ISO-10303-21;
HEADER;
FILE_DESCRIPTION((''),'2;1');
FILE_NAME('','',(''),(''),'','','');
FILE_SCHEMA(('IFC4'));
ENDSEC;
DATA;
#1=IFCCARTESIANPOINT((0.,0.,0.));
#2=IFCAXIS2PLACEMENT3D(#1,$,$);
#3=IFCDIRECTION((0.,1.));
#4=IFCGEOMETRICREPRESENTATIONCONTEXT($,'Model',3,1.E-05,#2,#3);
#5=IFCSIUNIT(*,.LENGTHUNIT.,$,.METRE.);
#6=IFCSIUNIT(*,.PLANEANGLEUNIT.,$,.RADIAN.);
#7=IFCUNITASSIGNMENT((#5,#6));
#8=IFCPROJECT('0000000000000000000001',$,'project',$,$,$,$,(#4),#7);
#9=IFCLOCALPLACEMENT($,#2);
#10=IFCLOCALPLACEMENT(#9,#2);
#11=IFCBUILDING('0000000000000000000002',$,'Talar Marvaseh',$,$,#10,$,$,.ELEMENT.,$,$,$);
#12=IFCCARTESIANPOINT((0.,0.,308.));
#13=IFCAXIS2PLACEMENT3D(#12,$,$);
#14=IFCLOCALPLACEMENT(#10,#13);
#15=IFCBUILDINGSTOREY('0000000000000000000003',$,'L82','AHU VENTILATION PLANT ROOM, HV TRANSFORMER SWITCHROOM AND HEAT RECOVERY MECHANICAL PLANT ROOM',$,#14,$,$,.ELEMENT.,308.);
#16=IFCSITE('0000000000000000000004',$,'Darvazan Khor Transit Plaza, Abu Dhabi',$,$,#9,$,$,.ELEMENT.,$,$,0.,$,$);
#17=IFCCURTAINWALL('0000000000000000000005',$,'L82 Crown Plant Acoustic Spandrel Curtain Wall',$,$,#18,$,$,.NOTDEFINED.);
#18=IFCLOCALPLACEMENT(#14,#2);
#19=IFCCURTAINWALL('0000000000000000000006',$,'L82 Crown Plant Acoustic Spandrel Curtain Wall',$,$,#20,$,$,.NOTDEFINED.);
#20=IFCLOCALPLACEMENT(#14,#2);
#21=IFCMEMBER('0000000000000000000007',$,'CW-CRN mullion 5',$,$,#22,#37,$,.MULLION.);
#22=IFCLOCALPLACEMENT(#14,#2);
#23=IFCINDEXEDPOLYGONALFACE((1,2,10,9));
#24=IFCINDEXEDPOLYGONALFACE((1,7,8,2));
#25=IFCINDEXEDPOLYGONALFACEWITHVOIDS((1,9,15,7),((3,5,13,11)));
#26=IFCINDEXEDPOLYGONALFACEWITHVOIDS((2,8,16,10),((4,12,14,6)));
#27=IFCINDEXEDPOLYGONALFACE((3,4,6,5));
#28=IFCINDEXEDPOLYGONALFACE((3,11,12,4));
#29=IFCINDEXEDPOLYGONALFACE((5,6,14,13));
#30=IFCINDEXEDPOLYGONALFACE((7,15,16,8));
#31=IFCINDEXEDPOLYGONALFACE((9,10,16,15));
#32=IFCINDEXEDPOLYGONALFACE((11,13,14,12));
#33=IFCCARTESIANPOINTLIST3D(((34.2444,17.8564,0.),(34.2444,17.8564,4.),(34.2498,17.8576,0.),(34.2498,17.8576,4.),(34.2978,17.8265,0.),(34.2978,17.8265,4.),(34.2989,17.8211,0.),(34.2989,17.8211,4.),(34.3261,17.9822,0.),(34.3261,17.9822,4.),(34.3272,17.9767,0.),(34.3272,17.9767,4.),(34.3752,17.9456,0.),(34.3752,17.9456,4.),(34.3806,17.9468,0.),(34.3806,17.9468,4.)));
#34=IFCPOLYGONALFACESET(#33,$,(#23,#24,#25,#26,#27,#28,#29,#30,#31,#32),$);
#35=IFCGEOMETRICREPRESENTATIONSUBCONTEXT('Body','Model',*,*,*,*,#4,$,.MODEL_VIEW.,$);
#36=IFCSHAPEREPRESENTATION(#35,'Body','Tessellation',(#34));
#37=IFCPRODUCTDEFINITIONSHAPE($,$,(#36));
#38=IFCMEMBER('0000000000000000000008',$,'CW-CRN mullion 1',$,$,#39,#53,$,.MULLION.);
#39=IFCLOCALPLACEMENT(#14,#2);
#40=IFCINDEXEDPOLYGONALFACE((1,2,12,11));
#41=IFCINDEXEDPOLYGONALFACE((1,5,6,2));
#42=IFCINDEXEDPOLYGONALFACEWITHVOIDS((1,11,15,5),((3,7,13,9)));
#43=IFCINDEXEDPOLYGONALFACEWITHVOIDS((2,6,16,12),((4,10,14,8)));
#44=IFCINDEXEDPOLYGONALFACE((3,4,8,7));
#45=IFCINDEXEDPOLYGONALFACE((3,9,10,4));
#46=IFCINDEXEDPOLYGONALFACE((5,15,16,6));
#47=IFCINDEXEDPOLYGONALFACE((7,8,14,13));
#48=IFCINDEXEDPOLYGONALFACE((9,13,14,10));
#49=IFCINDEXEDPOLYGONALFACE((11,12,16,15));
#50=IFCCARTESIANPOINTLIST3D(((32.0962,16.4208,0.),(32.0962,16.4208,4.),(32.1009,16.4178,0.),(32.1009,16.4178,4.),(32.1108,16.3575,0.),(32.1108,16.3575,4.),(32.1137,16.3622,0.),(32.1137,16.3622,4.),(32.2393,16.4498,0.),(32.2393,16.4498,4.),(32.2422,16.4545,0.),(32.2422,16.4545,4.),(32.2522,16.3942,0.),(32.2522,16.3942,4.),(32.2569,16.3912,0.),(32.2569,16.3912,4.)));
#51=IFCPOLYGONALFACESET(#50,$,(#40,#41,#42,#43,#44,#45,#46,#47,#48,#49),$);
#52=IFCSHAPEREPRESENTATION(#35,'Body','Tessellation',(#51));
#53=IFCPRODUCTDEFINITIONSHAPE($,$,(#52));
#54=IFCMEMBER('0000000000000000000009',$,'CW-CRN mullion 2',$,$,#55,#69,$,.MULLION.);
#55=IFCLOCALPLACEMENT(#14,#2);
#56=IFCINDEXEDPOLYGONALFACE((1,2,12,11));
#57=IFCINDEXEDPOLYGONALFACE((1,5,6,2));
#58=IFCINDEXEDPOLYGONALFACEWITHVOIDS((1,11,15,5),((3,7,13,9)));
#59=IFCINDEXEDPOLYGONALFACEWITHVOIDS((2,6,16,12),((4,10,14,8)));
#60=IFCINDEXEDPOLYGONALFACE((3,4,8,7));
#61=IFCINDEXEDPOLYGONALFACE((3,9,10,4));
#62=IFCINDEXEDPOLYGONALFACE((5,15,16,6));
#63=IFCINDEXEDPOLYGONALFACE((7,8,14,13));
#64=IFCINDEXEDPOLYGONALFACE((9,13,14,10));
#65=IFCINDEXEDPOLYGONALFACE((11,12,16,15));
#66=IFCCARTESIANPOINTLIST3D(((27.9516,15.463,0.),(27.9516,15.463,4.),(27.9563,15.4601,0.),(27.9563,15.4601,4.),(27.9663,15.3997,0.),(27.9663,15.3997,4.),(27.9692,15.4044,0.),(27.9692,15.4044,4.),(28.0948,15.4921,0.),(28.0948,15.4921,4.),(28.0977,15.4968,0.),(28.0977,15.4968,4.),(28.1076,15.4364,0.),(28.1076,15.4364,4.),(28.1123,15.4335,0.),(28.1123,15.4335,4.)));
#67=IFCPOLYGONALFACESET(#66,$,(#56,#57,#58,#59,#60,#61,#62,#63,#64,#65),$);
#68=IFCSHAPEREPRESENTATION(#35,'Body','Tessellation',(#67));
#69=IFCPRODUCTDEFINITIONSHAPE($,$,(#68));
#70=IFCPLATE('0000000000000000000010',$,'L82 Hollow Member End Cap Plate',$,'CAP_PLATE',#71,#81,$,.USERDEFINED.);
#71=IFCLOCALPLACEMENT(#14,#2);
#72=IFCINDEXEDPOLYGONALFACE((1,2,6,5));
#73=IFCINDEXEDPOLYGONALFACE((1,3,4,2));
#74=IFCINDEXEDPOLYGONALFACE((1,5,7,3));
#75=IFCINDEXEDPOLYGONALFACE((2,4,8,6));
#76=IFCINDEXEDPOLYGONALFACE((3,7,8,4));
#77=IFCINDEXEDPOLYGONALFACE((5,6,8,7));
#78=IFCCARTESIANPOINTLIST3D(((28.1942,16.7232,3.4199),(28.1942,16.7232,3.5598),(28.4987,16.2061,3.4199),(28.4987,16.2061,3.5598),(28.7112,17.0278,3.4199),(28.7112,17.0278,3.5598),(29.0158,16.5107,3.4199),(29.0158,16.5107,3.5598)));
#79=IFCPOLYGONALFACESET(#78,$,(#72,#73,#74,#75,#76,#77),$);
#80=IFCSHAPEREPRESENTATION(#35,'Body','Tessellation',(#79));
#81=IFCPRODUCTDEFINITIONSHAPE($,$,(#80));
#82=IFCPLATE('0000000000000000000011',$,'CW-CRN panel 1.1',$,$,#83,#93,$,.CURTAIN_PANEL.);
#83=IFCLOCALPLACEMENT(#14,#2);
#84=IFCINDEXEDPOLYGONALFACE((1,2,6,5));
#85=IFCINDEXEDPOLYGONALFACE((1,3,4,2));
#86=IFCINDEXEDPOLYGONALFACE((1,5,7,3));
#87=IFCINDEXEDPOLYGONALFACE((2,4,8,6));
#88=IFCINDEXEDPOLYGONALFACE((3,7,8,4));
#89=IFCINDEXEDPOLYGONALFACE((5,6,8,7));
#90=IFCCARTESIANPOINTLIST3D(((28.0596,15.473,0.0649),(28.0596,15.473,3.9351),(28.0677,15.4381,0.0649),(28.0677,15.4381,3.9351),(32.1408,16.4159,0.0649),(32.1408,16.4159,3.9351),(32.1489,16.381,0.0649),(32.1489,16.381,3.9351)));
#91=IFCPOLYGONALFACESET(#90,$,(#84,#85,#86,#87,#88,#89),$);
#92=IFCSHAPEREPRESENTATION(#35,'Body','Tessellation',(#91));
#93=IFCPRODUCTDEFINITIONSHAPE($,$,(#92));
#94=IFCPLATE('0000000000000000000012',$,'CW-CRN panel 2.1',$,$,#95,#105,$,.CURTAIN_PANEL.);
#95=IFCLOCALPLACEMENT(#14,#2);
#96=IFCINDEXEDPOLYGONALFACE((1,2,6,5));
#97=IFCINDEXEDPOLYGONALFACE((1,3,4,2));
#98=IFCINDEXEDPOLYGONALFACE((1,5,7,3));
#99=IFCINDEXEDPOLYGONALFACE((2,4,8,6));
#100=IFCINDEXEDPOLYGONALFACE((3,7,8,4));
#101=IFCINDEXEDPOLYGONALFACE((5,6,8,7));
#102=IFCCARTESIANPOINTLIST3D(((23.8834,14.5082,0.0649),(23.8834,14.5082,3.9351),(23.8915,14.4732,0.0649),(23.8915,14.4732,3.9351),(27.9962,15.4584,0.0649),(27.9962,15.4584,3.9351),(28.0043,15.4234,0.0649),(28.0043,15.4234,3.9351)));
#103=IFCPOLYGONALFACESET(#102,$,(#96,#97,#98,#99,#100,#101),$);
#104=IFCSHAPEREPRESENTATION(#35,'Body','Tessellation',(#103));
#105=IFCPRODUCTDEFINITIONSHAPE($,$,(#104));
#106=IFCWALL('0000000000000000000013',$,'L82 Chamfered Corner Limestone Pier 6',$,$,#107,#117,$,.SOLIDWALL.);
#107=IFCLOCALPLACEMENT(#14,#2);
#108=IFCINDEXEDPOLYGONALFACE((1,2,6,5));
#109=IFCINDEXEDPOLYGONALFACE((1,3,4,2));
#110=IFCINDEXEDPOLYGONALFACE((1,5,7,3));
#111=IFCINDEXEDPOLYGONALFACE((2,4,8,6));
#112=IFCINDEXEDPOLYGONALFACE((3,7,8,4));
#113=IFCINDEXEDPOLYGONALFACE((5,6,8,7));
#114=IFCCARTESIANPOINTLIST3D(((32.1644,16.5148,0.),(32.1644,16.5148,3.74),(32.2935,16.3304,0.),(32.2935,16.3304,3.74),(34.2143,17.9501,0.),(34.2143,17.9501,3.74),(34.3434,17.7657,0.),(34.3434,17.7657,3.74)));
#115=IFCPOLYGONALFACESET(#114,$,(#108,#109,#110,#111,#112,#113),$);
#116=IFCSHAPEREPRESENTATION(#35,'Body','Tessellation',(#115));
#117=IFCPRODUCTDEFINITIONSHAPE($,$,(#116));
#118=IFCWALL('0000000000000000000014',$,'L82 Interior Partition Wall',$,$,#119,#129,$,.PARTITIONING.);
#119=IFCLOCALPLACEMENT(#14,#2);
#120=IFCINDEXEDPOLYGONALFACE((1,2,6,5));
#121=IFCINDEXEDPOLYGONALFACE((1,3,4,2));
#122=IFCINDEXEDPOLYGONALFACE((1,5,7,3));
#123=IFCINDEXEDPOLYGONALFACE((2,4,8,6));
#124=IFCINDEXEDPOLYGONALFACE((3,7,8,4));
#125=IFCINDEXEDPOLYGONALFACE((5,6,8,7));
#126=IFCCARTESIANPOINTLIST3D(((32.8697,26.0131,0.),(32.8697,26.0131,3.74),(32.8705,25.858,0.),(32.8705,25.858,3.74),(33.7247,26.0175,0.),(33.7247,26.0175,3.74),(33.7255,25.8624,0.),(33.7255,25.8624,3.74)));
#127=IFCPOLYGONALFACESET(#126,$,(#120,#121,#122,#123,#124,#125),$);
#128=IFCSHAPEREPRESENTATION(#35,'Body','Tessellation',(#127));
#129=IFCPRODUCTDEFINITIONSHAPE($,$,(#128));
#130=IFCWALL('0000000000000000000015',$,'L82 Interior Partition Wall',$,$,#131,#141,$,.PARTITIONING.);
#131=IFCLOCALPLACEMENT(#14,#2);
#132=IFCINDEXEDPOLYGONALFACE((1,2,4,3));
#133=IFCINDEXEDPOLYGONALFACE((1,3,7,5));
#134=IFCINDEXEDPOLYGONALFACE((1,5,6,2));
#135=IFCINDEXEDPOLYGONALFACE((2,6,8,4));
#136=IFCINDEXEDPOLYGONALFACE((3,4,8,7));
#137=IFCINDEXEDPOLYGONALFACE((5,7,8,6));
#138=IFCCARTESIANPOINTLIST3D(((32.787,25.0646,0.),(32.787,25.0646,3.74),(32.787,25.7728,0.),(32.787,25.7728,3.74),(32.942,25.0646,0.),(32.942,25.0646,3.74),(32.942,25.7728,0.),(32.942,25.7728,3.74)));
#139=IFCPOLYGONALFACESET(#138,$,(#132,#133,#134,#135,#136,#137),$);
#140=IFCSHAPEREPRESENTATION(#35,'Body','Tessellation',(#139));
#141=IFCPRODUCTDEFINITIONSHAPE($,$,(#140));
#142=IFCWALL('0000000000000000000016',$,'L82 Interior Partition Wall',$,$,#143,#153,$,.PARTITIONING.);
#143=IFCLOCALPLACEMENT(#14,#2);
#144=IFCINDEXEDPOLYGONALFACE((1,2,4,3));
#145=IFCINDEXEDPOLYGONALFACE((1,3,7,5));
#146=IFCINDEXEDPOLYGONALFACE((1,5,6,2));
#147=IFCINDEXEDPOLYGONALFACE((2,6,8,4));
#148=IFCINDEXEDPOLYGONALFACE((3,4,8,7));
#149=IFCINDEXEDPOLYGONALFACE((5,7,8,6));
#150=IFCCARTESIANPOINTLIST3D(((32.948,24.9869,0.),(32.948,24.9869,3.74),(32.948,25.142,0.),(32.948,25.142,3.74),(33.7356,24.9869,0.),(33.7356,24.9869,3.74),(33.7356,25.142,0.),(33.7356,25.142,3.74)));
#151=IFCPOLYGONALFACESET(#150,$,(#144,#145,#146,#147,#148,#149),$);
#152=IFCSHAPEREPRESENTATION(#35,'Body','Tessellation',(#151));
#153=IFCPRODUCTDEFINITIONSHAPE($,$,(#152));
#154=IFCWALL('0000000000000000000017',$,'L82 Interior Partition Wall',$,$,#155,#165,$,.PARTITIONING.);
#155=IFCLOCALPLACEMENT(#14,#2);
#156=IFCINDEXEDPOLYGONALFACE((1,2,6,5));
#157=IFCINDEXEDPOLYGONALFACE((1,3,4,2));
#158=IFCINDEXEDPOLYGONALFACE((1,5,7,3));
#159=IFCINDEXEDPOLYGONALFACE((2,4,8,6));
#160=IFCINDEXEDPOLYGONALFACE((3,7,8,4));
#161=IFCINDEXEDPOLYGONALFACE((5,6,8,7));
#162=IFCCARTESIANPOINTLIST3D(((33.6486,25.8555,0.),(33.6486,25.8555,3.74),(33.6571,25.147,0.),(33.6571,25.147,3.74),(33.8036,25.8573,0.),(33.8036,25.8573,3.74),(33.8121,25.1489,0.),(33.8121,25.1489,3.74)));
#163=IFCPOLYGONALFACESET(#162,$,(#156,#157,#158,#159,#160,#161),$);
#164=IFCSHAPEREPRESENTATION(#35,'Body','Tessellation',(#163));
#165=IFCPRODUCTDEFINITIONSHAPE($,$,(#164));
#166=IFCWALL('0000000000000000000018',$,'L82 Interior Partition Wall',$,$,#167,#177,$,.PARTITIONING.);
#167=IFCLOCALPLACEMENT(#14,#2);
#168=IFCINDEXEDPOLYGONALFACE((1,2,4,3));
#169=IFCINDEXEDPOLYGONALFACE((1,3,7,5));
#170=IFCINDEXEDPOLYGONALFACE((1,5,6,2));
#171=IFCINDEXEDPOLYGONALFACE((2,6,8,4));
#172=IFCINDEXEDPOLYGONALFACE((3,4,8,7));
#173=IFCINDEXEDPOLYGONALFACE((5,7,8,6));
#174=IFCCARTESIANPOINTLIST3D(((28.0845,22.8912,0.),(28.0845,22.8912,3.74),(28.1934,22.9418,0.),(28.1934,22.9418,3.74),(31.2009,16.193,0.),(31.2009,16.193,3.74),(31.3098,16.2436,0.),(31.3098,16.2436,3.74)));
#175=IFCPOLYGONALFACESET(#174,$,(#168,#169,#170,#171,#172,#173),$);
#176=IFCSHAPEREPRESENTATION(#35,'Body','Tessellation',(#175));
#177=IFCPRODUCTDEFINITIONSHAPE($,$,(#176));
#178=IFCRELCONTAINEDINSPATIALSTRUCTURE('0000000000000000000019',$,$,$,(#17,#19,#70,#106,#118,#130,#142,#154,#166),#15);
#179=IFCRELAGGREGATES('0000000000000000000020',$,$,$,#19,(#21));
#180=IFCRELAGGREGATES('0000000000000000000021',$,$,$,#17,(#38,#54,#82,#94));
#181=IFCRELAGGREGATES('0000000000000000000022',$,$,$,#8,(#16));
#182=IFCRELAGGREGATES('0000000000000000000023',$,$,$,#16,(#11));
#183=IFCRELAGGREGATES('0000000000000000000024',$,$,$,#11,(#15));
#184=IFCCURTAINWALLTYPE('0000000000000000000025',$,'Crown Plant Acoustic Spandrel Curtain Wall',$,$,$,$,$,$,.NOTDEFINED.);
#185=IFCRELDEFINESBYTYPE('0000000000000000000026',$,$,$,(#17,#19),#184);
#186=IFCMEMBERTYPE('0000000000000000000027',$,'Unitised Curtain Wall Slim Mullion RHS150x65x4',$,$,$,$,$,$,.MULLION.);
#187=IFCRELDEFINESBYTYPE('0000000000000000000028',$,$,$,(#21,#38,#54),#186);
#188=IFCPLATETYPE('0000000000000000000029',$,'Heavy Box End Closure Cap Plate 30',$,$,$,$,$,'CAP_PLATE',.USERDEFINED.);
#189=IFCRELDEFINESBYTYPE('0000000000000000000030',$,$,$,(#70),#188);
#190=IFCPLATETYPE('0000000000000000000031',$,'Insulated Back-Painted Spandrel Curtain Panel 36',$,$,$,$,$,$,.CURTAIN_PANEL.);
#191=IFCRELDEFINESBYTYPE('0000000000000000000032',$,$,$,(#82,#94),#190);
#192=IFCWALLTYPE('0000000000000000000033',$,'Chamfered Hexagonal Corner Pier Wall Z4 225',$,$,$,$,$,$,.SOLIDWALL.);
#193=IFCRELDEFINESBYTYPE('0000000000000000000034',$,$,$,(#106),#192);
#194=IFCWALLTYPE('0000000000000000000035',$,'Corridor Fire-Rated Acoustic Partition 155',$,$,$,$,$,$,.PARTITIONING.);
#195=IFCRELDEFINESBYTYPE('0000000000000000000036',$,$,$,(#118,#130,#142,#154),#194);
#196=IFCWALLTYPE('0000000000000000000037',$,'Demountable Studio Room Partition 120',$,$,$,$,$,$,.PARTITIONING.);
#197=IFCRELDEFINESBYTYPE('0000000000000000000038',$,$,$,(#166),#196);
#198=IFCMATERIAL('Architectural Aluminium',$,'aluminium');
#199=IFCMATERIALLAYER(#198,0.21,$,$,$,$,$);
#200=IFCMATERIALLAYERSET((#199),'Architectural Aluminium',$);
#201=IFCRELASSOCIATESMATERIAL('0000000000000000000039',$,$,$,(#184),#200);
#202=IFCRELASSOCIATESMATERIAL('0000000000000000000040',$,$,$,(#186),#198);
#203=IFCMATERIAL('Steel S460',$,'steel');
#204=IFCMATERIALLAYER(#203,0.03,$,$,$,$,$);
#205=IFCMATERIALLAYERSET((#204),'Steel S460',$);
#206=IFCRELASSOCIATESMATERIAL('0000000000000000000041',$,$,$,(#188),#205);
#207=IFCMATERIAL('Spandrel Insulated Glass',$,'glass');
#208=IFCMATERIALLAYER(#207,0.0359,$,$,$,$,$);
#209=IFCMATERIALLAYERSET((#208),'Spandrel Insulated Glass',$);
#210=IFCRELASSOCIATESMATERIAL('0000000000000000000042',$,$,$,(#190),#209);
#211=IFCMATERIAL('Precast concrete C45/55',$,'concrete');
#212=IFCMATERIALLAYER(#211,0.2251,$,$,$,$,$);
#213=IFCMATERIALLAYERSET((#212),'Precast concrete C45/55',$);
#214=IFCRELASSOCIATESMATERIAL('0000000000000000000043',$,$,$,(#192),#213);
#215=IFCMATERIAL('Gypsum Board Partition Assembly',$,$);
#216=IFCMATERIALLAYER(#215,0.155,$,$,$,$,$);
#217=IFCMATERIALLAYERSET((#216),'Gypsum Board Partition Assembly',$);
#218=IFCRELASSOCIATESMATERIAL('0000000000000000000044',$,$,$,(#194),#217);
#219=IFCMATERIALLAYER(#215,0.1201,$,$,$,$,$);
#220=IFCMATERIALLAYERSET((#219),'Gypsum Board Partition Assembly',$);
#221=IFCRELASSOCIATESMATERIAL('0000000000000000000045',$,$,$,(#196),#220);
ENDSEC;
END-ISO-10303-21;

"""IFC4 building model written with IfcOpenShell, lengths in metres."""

from ifc_helpers import new_model, si_unit, direction, frame, frame_2d, origin, origin_2d, place, context, subcontext, project, spatial, rectangle, hollow_rectangle, extrude, source, transform, mapped, material, layer, layer_set, material_profile, profile_set, type_object, type_shapes, element, aggregate, save


model = new_model("IFC4")

# Units and contexts
model_context = context("Model", 3, precision=1e-05, world=origin(), true_north=direction((0.0, 1.0)))
body_context = subcontext(model_context, "Body", "Model", "MODEL_VIEW")
ifc_project = project(units=[si_unit("LENGTHUNIT", "METRE"), si_unit("PLANEANGLEUNIT", "RADIAN")], contexts=[model_context])

# Site, building, storey
site_placement = place(None, origin())
site = spatial("IfcSite", under=ifc_project, at=site_placement, Name="Darvazan Khor Transit Plaza, Abu Dhabi", CompositionType="ELEMENT", RefElevation=0.0)
building_placement = place(site_placement, origin())
building = spatial("IfcBuilding", under=site, at=building_placement, Name="Talar Marvaseh", CompositionType="ELEMENT")
storey_placement = place(building_placement, frame((0.0, 0.0, 308.0)))
storey = spatial("IfcBuildingStorey", under=building, at=storey_placement, Name="L82", Description="AHU VENTILATION PLANT ROOM, HV TRANSFORMER SWITCHROOM AND HEAT RECOVERY MECHANICAL PLANT ROOM", CompositionType="ELEMENT", Elevation=308.0)

# Shared definitions
ifc_material_1 = material(Name="Steel S460", Category="steel")

# Curtain wall
ifc_material_2 = material(Name="Architectural Aluminium", Category="aluminium")
ifc_layer_1 = layer(ifc_material_2, 0.21)
ifc_layer_set_1 = layer_set([ifc_layer_1], Name="Architectural Aluminium")
curtain_wall_type = type_object("IfcCurtainWallType", Name="Crown Plant Acoustic Spandrel Curtain Wall", PredefinedType="NOTDEFINED", material=ifc_layer_set_1)
curtain_wall_1_placement = place(storey_placement, origin())
curtain_wall_1 = element("IfcCurtainWall", 1, at=curtain_wall_1_placement, inside=storey, type_object=curtain_wall_type, Name="L82 Crown Plant Acoustic Spandrel Curtain Wall", PredefinedType="NOTDEFINED")

# Curtain wall, member
curtain_wall_2_placement = place(storey_placement, origin())
curtain_wall_2 = element("IfcCurtainWall", 2, at=curtain_wall_2_placement, inside=storey, type_object=curtain_wall_type, Name="L82 Crown Plant Acoustic Spandrel Curtain Wall", PredefinedType="NOTDEFINED")
ifc_material_profile_1 = material_profile(ifc_material_2, hollow_rectangle(XDim=0.0649, YDim=0.1499, WallThickness=0.0039, at=origin_2d()), Name="RHS150x65x4")
ifc_profile_set_1 = profile_set([ifc_material_profile_1], Name="Architectural Aluminium")
member_type_1 = type_object("IfcMemberType", Name="Unitised Curtain Wall Slim Mullion RHS150x65x4", PredefinedType="MULLION", material=ifc_profile_set_1)
shared_shape_1 = source(origin(), body_context, "Body", "SweptSolid", [
    extrude(hollow_rectangle(XDim=0.0649, YDim=0.1499, WallThickness=0.0039, at=origin_2d()), origin(), (0.0, 0.0, 1.0), 4.0),
])
type_shapes(member_type_1, [shared_shape_1])
member_1_placement = place(storey_placement, frame((34.3125, 17.9016, 0.0), z_axis=(0.0, 0.0, 1.0), x_axis=(0.838586, -0.544769, 0.0)))
member_1 = element("IfcMember", 3, at=member_1_placement, type_object=member_type_1, Name="CW-CRN mullion 5", PredefinedType="MULLION", context=body_context, shape_type="MappedRepresentation", body=[
    mapped(shared_shape_1, transform((0.0, 0.0, 0.0), x_axis=(1.0, 0.0, 0.0), y_axis=(0.0, 1.0, 0.0), z_axis=(0.0, 0.0, 1.0), scale=1.0)),
])
aggregate(curtain_wall_2, [member_1])

# Members
member_2_placement = place(storey_placement, frame((32.1765, 16.406, 0.0), z_axis=(0.0, 0.0, 1.0), x_axis=(0.225103, -0.974335, 0.0)))
member_2 = element("IfcMember", 4, at=member_2_placement, type_object=member_type_1, Name="CW-CRN mullion 1", PredefinedType="MULLION", context=body_context, shape_type="MappedRepresentation", body=[
    mapped(shared_shape_1, transform((0.0, 0.0, 0.0), x_axis=(1.0, 0.0, 0.0), y_axis=(0.0, 1.0, 0.0), z_axis=(0.0, 0.0, 1.0), scale=1.0)),
])
member_3_placement = place(storey_placement, frame((28.032, 15.4482, 0.0), z_axis=(0.0, 0.0, 1.0), x_axis=(0.225103, -0.974335, 0.0)))
member_3 = element("IfcMember", 5, at=member_3_placement, type_object=member_type_1, Name="CW-CRN mullion 2", PredefinedType="MULLION", context=body_context, shape_type="MappedRepresentation", body=[
    mapped(shared_shape_1, transform((0.0, 0.0, 0.0), x_axis=(1.0, 0.0, 0.0), y_axis=(0.0, 1.0, 0.0), z_axis=(0.0, 0.0, 1.0), scale=1.0)),
])

# Plates
ifc_layer_2 = layer(ifc_material_1, 0.03)
ifc_layer_set_2 = layer_set([ifc_layer_2], Name="Steel S460")
plate_type_1 = type_object("IfcPlateType", Name="Heavy Box End Closure Cap Plate 30", ElementType="CAP_PLATE", PredefinedType="USERDEFINED", material=ifc_layer_set_2)
shared_shape_2 = source(origin(), body_context, "Body", "SweptSolid", [
    extrude(rectangle(XDim=0.6001, YDim=0.6001, at=origin_2d()), origin(), (0.0, 0.0, 1.0), 0.1399),
])
type_shapes(plate_type_1, [shared_shape_2])
plate_1_placement = place(storey_placement, frame((28.605, 16.6169, 3.4199), z_axis=(0.0, 0.0, 1.0), x_axis=(-0.861629, -0.507538, 0.0)))
element("IfcPlate", 6, at=plate_1_placement, inside=storey, type_object=plate_type_1, Name="L82 Hollow Member End Cap Plate", ObjectType="CAP_PLATE", PredefinedType="USERDEFINED", context=body_context, shape_type="MappedRepresentation", body=[
    mapped(shared_shape_2, transform((0.0, 0.0, 0.0), x_axis=(1.0, 0.0, 0.0), y_axis=(0.0, 1.0, 0.0), z_axis=(0.0, 0.0, 1.0), scale=1.0)),
])
ifc_material_3 = material(Name="Spandrel Insulated Glass", Category="glass")
ifc_layer_3 = layer(ifc_material_3, 0.0359)
ifc_layer_set_3 = layer_set([ifc_layer_3], Name="Spandrel Insulated Glass")
plate_type_2 = type_object("IfcPlateType", Name="Insulated Back-Painted Spandrel Curtain Panel 36", PredefinedType="CURTAIN_PANEL", material=ifc_layer_set_3)
shared_shape_3 = source(origin(), body_context, "Body", "SweptSolid", [
    extrude(rectangle(XDim=4.1887, YDim=0.0359, at=origin_2d()), origin(), (0.0, 0.0, 1.0), 3.8701),
])
plate_2_placement = place(storey_placement, frame((30.1042, 15.927, 0.0649), z_axis=(0.0, 0.0, 1.0), x_axis=(-0.974335, -0.225103, 0.0)))
plate_2 = element("IfcPlate", 7, at=plate_2_placement, type_object=plate_type_2, Name="CW-CRN panel 1.1", PredefinedType="CURTAIN_PANEL", context=body_context, shape_type="MappedRepresentation", body=[
    mapped(shared_shape_3, transform((0.0, 0.0, 0.0), x_axis=(1.0, 0.0, 0.0), y_axis=(0.0, 1.0, 0.0), z_axis=(0.0, 0.0, 1.0), scale=1.0)),
])
shared_shape_4 = source(origin(), body_context, "Body", "SweptSolid", [
    extrude(rectangle(XDim=4.2212, YDim=0.0359, at=origin_2d()), origin(), (0.0, 0.0, 1.0), 3.8701),
])
type_shapes(plate_type_2, [shared_shape_3, shared_shape_4])
plate_3_placement = place(storey_placement, frame((25.9438, 14.9658, 0.0649), z_axis=(0.0, 0.0, 1.0), x_axis=(-0.974335, -0.225103, 0.0)))
plate_3 = element("IfcPlate", 8, at=plate_3_placement, type_object=plate_type_2, Name="CW-CRN panel 2.1", PredefinedType="CURTAIN_PANEL", context=body_context, shape_type="MappedRepresentation", body=[
    mapped(shared_shape_4, transform((0.0, 0.0, 0.0), x_axis=(1.0, 0.0, 0.0), y_axis=(0.0, 1.0, 0.0), z_axis=(0.0, 0.0, 1.0), scale=1.0)),
])
aggregate(curtain_wall_1, [member_2, member_3, plate_2, plate_3])

# Walls
ifc_material_4 = material(Name="Precast concrete C45/55", Category="concrete")
ifc_layer_4 = layer(ifc_material_4, 0.2251)
ifc_layer_set_4 = layer_set([ifc_layer_4], Name="Precast concrete C45/55")
wall_type_1 = type_object("IfcWallType", Name="Chamfered Hexagonal Corner Pier Wall Z4 225", PredefinedType="SOLIDWALL", material=ifc_layer_set_4)
wall_1_placement = place(storey_placement, frame((34.2788, 17.8579, 0.0), z_axis=(0.0, 0.0, 1.0), x_axis=(-0.819149, -0.57358, 0.0)))
element("IfcWall", 9, at=wall_1_placement, inside=storey, type_object=wall_type_1, Name="L82 Chamfered Corner Limestone Pier 6", PredefinedType="SOLIDWALL", context=body_context, shape_type="SweptSolid", body=[
    extrude(rectangle(XDim=2.5024, YDim=0.2251, at=frame_2d((1.2512, 0.0))), origin(), (0.0, 0.0, 1.0), 3.74),
])
ifc_material_5 = material(Name="Gypsum Board Partition Assembly")
ifc_layer_5 = layer(ifc_material_5, 0.155)
ifc_layer_set_5 = layer_set([ifc_layer_5], Name="Gypsum Board Partition Assembly")
wall_type_2 = type_object("IfcWallType", Name="Corridor Fire-Rated Acoustic Partition 155", PredefinedType="PARTITIONING", material=ifc_layer_set_5)
wall_2_placement = place(storey_placement, frame((33.7251, 25.9399, 0.0), z_axis=(0.0, 0.0, 1.0), x_axis=(-0.999987, -0.00514, 0.0)))
element("IfcWall", 10, at=wall_2_placement, inside=storey, type_object=wall_type_2, Name="L82 Interior Partition Wall", PredefinedType="PARTITIONING", context=body_context, shape_type="SweptSolid", body=[
    extrude(rectangle(XDim=0.855, YDim=0.155, at=frame_2d((0.4275, 0.0))), origin(), (0.0, 0.0, 1.0), 3.74),
])
wall_3_placement = place(storey_placement, frame((32.8645, 25.7727, 0.0), z_axis=(0.0, 0.0, 1.0), x_axis=(0.0, -1.0, 0.0)))
element("IfcWall", 11, at=wall_3_placement, inside=storey, type_object=wall_type_2, Name="L82 Interior Partition Wall", PredefinedType="PARTITIONING", context=body_context, shape_type="SweptSolid", body=[
    extrude(rectangle(XDim=0.7083, YDim=0.155, at=frame_2d((0.354, 0.0))), origin(), (0.0, 0.0, 1.0), 3.74),
])
wall_4_placement = place(storey_placement, frame((32.948, 25.0645, 0.0), z_axis=(0.0, 0.0, 1.0), x_axis=(1.0, 0.0, 0.0)))
element("IfcWall", 12, at=wall_4_placement, inside=storey, type_object=wall_type_2, Name="L82 Interior Partition Wall", PredefinedType="PARTITIONING", context=body_context, shape_type="SweptSolid", body=[
    extrude(rectangle(XDim=0.7876, YDim=0.155, at=frame_2d((0.3938, 0.0))), origin(), (0.0, 0.0, 1.0), 3.74),
])
wall_5_placement = place(storey_placement, frame((33.7346, 25.1479, 0.0), z_axis=(0.0, 0.0, 1.0), x_axis=(-0.01206, 0.999927, 0.0)))
element("IfcWall", 13, at=wall_5_placement, inside=storey, type_object=wall_type_2, Name="L82 Interior Partition Wall", PredefinedType="PARTITIONING", context=body_context, shape_type="SweptSolid", body=[
    extrude(rectangle(XDim=0.7085, YDim=0.155, at=frame_2d((0.3542, 0.0))), origin(), (0.0, 0.0, 1.0), 3.74),
])
ifc_layer_6 = layer(ifc_material_5, 0.1201)
ifc_layer_set_6 = layer_set([ifc_layer_6], Name="Gypsum Board Partition Assembly")
wall_type_3 = type_object("IfcWallType", Name="Demountable Studio Room Partition 120", PredefinedType="PARTITIONING", material=ifc_layer_set_6)
wall_6_placement = place(storey_placement, frame((28.1389, 22.9165, 0.0), z_axis=(0.0, 0.0, 1.0), x_axis=(0.421841, -0.90667, 0.0)))
element("IfcWall", 14, at=wall_6_placement, inside=storey, type_object=wall_type_3, Name="L82 Interior Partition Wall", PredefinedType="PARTITIONING", context=body_context, shape_type="SweptSolid", body=[
    extrude(rectangle(XDim=7.3877, YDim=0.1201, at=frame_2d((3.6938, 0.0))), origin(), (0.0, 0.0, 1.0), 3.74),
])

save(model, "model.ifc")
